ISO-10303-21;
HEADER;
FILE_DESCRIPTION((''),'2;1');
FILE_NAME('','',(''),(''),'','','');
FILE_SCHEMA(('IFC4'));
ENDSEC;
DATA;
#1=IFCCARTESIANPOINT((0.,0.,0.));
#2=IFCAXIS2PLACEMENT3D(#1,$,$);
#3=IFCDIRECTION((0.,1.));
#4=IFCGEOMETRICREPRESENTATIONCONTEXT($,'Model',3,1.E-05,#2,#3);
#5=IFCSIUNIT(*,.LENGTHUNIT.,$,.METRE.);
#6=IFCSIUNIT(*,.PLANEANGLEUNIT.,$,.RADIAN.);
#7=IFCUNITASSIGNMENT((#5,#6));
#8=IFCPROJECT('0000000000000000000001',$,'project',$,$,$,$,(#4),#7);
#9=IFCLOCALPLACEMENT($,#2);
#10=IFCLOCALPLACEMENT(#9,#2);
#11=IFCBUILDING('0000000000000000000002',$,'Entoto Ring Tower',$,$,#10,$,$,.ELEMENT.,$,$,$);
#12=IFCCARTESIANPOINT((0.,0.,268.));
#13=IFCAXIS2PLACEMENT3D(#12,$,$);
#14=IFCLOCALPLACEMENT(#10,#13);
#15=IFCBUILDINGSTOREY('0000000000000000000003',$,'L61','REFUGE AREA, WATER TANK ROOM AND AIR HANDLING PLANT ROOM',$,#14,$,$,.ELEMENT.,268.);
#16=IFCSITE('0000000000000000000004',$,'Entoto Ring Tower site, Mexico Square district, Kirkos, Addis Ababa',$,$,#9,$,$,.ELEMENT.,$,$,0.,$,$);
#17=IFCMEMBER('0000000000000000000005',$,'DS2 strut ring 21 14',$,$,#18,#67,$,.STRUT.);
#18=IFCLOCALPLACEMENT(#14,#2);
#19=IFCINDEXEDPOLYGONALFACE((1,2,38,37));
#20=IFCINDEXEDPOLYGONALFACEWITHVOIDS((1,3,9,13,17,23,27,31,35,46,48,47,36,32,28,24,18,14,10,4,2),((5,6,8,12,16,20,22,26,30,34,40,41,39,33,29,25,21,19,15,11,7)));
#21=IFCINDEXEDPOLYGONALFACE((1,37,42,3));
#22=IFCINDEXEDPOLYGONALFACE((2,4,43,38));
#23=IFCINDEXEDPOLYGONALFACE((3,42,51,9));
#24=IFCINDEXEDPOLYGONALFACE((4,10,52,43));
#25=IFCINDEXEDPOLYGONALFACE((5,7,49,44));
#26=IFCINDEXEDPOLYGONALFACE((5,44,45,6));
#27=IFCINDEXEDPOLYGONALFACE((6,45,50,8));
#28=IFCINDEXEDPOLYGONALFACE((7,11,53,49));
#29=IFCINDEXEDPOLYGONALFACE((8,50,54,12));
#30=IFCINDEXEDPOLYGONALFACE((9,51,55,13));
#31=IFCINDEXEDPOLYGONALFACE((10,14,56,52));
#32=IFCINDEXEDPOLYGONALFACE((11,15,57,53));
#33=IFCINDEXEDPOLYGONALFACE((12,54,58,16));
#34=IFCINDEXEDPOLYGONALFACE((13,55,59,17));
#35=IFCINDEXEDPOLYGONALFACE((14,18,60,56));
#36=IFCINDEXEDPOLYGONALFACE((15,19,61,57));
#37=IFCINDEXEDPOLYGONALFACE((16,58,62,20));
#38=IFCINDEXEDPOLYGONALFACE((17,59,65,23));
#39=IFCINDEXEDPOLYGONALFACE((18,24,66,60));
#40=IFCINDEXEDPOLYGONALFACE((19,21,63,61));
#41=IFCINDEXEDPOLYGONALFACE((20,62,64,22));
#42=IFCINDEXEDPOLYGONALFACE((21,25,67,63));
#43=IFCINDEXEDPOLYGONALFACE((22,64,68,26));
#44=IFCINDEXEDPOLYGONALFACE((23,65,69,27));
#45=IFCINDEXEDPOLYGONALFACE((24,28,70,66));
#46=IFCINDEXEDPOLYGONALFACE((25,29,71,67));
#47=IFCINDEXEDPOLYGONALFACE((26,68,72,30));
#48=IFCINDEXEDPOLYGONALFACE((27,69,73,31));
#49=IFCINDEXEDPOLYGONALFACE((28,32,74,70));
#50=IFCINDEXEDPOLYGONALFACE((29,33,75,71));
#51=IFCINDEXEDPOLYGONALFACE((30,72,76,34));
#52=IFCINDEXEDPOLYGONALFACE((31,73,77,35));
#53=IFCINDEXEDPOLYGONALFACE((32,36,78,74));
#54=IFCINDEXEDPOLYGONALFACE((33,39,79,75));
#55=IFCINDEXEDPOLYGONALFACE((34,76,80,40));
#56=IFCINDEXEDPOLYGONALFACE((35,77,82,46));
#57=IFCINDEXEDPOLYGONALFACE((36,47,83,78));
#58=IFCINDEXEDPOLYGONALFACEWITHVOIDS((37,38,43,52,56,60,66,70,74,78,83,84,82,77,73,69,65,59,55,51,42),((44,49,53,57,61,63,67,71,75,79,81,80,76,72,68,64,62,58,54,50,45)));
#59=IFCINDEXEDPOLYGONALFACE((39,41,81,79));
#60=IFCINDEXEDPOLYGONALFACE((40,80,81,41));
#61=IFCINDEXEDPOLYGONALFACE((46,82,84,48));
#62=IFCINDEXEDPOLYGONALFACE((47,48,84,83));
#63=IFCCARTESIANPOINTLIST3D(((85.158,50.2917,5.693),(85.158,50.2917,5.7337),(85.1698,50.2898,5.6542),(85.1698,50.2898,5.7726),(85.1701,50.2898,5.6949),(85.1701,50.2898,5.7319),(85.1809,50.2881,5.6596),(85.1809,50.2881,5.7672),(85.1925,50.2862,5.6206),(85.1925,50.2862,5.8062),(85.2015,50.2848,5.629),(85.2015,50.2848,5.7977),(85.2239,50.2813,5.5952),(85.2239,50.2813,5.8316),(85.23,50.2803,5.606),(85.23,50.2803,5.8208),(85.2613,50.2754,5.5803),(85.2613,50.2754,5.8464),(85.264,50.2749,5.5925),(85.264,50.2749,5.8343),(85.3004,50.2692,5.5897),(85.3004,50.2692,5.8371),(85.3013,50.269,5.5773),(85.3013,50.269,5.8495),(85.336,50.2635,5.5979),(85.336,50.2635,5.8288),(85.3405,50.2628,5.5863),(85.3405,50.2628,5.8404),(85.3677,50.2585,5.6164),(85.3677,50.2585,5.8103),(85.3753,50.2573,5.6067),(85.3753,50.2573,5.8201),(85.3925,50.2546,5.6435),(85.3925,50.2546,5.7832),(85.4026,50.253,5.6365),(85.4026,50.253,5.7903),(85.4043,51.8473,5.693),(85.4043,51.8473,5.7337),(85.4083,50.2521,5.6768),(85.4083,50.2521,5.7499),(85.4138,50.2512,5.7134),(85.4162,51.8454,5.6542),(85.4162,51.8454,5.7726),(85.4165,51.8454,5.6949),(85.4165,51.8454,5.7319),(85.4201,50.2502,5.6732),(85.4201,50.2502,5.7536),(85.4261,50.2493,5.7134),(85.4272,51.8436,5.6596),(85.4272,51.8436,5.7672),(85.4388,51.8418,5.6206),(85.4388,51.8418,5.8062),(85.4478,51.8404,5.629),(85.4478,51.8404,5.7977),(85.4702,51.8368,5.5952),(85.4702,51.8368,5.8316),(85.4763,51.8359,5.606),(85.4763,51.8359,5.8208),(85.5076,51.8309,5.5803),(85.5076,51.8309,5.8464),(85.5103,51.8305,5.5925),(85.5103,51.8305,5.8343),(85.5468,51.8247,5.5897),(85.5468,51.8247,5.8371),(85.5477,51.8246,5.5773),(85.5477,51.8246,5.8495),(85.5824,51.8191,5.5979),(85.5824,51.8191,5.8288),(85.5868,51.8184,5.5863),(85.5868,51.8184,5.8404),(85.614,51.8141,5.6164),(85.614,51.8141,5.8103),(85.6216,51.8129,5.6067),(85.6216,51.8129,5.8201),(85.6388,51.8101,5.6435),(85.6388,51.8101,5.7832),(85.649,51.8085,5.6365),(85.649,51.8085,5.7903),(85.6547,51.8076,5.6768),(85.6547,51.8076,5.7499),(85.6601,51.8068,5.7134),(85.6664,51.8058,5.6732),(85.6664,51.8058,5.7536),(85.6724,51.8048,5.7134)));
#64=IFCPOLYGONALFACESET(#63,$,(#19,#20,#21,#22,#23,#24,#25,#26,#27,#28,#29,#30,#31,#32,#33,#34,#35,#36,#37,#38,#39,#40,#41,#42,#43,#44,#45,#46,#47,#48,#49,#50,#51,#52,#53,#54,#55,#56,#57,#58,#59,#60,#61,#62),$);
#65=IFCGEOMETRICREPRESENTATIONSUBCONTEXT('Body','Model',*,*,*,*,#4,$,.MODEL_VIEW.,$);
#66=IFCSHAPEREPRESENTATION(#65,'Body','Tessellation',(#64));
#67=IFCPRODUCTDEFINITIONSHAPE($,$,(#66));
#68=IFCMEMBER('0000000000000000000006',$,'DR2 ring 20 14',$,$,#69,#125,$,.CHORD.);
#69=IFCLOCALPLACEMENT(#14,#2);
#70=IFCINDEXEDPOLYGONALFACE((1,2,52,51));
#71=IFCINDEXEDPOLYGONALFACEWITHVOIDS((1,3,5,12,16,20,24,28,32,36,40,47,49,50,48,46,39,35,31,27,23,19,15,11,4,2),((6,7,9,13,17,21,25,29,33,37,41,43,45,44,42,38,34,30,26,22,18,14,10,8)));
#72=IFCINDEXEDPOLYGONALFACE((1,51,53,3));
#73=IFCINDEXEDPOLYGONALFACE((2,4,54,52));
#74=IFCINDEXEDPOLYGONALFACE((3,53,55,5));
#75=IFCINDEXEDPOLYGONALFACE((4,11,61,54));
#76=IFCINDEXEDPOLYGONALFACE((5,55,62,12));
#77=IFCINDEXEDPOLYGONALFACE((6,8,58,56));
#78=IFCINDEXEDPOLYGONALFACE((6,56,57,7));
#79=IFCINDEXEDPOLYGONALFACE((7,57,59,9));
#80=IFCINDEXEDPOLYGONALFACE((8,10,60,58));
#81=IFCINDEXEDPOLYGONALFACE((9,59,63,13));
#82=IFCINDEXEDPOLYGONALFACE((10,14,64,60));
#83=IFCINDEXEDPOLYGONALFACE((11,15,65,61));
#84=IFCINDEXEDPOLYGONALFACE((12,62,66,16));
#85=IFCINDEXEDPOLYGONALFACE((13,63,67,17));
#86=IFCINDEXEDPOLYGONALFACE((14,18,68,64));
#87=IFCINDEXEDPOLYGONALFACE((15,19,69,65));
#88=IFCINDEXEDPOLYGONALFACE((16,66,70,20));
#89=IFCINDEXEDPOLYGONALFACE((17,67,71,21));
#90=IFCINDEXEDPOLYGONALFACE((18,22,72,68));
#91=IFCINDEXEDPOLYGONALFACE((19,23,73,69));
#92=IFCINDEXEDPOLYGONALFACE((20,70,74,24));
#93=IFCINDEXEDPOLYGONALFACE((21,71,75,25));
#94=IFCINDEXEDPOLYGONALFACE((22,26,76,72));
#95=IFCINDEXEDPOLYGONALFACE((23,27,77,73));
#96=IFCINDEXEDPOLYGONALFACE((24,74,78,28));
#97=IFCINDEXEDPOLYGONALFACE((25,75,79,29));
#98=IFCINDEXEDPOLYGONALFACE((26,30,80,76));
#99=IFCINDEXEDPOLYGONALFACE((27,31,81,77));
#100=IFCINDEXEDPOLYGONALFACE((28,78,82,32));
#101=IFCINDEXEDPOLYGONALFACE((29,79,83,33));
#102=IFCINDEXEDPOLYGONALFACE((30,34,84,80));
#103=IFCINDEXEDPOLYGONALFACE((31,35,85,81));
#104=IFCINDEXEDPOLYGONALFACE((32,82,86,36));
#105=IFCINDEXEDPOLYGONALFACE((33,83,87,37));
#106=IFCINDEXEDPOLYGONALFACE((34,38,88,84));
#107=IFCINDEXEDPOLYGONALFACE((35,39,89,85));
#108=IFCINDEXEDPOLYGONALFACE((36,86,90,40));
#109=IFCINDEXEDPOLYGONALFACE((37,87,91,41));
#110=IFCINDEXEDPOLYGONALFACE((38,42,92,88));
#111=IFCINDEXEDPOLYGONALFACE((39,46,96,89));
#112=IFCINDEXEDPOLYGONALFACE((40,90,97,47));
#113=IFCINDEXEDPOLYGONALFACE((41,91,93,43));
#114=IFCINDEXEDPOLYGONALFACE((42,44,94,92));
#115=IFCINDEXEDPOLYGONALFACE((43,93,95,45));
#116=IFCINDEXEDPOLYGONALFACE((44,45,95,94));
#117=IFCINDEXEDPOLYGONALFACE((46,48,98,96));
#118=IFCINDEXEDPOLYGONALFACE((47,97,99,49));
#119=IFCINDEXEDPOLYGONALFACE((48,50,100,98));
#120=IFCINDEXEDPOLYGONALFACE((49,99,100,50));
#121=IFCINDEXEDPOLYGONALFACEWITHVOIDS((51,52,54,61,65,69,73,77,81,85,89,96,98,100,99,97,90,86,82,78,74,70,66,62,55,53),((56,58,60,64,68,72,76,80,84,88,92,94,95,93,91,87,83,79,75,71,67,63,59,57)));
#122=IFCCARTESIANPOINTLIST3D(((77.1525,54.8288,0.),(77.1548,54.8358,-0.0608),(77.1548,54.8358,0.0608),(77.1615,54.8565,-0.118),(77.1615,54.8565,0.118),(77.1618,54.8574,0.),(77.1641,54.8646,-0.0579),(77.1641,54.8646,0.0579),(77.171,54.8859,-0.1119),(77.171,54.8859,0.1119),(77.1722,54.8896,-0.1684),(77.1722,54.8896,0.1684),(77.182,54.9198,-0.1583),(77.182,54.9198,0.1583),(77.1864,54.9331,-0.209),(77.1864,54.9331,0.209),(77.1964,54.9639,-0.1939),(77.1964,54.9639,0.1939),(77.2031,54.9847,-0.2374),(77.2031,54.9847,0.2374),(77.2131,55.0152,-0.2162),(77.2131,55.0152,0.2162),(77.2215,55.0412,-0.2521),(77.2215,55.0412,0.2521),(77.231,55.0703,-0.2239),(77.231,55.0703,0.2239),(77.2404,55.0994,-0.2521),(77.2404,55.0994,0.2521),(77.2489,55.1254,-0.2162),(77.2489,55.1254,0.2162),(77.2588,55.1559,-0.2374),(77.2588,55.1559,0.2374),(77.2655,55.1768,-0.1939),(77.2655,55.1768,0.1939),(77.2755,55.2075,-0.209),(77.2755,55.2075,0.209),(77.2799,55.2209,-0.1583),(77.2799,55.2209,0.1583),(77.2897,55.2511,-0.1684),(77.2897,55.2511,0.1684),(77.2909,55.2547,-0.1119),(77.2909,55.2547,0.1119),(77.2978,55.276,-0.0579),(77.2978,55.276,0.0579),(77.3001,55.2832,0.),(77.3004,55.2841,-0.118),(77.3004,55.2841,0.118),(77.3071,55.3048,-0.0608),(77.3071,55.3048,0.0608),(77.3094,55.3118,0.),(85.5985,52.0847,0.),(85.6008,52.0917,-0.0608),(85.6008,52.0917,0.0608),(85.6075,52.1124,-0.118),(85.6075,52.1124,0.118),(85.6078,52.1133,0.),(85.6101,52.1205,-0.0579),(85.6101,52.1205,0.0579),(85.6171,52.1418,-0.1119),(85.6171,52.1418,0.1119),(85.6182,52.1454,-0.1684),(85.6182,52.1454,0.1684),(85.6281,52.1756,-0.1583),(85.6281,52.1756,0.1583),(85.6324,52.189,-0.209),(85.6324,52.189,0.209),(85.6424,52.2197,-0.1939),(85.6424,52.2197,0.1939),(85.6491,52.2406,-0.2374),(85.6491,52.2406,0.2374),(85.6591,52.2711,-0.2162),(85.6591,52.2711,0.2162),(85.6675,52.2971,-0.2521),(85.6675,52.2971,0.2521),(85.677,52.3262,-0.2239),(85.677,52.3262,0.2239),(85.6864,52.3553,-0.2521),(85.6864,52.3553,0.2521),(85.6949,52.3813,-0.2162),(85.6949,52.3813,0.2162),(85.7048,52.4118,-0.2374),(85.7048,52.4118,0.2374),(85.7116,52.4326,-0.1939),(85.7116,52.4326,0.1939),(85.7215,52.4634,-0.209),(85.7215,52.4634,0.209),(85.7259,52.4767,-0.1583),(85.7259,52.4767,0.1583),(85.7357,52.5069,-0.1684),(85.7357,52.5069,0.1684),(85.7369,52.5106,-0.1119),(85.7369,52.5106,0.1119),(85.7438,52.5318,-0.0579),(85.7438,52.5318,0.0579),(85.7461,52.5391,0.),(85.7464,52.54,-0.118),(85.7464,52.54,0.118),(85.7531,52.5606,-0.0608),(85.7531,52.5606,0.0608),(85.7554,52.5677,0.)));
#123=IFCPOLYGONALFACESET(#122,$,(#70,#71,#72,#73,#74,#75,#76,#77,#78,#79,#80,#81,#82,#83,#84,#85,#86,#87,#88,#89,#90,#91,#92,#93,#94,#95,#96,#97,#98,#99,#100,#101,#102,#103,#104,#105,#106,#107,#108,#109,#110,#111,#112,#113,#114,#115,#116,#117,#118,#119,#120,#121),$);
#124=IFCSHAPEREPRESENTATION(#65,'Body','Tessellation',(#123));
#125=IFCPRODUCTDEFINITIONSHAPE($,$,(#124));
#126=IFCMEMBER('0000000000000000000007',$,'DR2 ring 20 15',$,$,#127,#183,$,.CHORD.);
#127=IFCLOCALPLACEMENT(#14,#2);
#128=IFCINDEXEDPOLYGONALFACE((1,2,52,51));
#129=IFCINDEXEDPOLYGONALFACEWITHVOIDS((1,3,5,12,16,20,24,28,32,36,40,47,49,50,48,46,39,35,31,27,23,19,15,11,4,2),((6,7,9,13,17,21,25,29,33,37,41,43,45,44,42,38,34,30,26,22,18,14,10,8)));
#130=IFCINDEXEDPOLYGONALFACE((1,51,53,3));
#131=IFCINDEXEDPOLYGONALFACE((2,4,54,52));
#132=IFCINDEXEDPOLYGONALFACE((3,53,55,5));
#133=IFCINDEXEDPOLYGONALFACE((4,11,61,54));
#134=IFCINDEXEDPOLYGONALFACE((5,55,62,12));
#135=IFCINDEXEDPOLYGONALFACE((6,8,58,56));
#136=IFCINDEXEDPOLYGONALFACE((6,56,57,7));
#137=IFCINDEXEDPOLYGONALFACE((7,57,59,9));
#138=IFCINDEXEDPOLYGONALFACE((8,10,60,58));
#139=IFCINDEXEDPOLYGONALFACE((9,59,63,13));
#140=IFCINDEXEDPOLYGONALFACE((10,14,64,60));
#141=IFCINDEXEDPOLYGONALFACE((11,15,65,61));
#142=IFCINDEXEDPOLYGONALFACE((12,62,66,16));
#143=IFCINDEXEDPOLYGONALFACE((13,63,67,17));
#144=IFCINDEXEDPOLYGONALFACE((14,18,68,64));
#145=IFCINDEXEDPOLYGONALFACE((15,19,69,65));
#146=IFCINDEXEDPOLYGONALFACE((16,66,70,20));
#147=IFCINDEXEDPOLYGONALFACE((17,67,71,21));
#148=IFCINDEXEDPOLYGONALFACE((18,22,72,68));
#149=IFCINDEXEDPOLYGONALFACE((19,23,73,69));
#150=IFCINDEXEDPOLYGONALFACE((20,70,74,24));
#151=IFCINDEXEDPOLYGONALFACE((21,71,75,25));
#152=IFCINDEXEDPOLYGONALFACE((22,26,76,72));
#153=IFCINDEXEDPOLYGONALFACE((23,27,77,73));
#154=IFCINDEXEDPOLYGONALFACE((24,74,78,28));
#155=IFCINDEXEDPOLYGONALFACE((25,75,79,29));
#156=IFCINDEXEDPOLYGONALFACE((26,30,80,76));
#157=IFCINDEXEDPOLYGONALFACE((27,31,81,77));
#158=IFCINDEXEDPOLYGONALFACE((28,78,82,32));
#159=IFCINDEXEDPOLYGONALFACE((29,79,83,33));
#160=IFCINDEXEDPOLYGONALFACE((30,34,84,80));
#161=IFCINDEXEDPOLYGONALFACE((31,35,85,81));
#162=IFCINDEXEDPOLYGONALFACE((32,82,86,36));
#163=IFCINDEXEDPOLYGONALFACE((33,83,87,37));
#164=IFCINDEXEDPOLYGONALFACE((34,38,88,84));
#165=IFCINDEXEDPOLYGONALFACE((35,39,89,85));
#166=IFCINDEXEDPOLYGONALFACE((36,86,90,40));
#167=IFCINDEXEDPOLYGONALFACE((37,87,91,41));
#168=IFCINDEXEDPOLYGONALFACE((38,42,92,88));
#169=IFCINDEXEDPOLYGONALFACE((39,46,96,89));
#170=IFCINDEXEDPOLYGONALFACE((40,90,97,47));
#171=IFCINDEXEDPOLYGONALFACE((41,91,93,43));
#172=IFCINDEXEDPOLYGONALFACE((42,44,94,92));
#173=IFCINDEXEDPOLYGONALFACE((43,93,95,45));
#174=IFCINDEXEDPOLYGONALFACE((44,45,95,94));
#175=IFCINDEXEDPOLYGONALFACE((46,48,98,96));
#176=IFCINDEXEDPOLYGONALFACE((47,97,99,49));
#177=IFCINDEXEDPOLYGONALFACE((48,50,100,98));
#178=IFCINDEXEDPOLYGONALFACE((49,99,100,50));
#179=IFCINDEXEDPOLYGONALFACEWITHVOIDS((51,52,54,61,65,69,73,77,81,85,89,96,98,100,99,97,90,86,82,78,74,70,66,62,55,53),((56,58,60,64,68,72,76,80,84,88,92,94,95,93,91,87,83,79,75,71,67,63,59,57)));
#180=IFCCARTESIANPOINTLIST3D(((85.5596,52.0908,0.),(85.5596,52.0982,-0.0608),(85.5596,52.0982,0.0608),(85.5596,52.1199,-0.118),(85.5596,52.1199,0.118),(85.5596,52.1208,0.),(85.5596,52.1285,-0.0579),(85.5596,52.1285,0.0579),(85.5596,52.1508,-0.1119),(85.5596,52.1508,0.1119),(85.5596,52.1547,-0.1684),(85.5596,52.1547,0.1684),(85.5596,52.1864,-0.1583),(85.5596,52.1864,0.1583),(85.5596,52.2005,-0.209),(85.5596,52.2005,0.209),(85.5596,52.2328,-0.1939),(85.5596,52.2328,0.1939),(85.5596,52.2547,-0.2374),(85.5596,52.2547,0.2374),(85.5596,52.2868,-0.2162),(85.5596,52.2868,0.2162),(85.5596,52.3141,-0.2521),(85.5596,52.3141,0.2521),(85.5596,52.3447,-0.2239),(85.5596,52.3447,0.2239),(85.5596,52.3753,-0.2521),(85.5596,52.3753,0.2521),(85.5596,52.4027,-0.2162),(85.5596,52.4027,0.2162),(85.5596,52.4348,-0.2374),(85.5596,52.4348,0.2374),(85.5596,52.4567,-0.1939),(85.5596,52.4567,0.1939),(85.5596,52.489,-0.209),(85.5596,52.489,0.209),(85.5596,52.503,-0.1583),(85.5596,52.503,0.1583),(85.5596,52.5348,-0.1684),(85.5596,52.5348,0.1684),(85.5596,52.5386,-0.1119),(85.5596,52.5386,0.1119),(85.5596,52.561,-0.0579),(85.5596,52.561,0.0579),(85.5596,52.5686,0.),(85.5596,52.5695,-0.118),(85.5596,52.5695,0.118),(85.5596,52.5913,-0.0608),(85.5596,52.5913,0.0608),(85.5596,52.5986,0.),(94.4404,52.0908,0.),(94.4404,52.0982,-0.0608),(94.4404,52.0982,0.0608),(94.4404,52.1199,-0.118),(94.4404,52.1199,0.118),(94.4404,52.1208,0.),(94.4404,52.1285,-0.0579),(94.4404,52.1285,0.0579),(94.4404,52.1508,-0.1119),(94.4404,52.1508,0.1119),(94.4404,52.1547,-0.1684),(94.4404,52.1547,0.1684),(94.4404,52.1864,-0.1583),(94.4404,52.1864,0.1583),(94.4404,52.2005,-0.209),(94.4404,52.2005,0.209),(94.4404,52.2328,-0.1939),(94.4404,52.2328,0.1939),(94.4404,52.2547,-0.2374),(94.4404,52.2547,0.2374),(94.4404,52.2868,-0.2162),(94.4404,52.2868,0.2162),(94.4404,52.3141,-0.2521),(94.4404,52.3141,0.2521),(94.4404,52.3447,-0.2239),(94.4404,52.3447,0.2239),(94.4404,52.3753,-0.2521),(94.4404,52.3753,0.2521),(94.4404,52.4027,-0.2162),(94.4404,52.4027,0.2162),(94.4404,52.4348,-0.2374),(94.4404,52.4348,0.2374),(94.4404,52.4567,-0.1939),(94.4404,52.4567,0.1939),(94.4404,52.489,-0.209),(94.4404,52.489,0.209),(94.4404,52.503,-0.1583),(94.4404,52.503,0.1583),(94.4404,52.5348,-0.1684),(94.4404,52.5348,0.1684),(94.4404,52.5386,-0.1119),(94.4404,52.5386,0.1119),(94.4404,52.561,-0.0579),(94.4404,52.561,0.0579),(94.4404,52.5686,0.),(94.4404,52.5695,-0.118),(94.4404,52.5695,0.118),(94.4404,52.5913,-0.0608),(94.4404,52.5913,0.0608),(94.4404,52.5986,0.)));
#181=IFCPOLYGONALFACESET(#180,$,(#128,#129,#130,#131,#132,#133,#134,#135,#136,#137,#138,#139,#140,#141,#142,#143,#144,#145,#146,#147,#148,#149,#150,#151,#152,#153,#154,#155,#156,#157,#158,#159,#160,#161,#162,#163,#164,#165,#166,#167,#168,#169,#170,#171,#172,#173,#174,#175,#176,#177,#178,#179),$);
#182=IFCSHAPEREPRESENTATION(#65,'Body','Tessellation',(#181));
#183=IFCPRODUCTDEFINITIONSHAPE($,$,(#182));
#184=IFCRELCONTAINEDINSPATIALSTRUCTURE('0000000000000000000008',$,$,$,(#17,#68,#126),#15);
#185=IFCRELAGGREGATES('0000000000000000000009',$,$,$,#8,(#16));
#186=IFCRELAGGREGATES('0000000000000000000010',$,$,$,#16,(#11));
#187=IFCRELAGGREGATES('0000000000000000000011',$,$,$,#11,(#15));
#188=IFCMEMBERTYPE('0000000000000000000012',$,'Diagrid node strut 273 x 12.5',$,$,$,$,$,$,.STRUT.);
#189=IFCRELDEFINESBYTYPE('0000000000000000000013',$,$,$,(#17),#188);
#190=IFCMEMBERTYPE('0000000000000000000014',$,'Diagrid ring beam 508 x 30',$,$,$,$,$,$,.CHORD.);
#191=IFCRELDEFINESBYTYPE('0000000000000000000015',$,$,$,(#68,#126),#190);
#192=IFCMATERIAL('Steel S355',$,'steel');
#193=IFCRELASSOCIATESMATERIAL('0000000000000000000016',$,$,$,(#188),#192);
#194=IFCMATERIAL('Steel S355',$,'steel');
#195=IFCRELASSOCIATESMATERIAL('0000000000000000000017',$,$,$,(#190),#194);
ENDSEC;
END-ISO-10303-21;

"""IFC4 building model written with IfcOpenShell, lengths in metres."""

from ifc_helpers import new_model, si_unit, direction, frame, origin, origin_2d, place, context, subcontext, project, spatial, circle, hollow_circle, extrude, material, material_profile, profile_set, type_object, element, save


model = new_model("IFC4")

# Units and contexts
model_context = context("Model", 3, precision=1e-05, world=origin(), true_north=direction((0.0, 1.0)))
body_context = subcontext(model_context, "Body", "Model", "MODEL_VIEW")
ifc_project = project(units=[si_unit("LENGTHUNIT", "METRE"), si_unit("PLANEANGLEUNIT", "RADIAN")], contexts=[model_context])

# Site, building, storey
site_placement = place(None, origin())
site = spatial("IfcSite", under=ifc_project, at=site_placement, Name="Entoto Ring Tower site, Mexico Square district, Kirkos, Addis Ababa", CompositionType="ELEMENT", RefElevation=0.0)
building_placement = place(site_placement, origin())
building = spatial("IfcBuilding", under=site, at=building_placement, Name="Entoto Ring Tower", CompositionType="ELEMENT")
storey_placement = place(building_placement, frame((0.0, 0.0, 268.0)))
storey = spatial("IfcBuildingStorey", under=building, at=storey_placement, Name="L61", Description="REFUGE AREA, WATER TANK ROOM AND AIR HANDLING PLANT ROOM", CompositionType="ELEMENT", Elevation=268.0)

# Members
ifc_material_1 = material(Name="Steel S355", Category="steel")
ifc_material_profile_1 = material_profile(ifc_material_1, hollow_circle(Radius=0.1365, WallThickness=0.0125, at=origin_2d()), Name="CHS 273 x 12.5")
ifc_material_2 = material(Name="Concrete C60/75", Category="concrete")
ifc_material_profile_2 = material_profile(ifc_material_2, circle(Radius=0.124, at=origin_2d()), Name="Concrete C60/75 infill")
ifc_profile_set_1 = profile_set([ifc_material_profile_1, ifc_material_profile_2], Name="Steel S355")
member_type_1 = type_object("IfcMemberType", Name="Diagrid node strut 273 x 12.5", PredefinedType="STRUT", material=ifc_profile_set_1)
member_1_placement = place(storey_placement, frame((85.5376, 51.8262, 5.7134), z_axis=(-0.1564, -0.987694, 0.0), x_axis=(0.987694, -0.1564, 0.0)))
element("IfcMember", 1, at=member_1_placement, inside=storey, type_object=member_type_1, Name="DS2 strut ring 21 14", PredefinedType="STRUT", context=body_context, shape_type="SweptSolid", body=[
    extrude(hollow_circle(Radius=0.1365, WallThickness=0.0125, at=origin_2d()), origin(), (0.0, 0.0, 1.0), 1.575),
])
ifc_material_3 = material(Name="Steel S355", Category="steel")
ifc_material_profile_3 = material_profile(ifc_material_3, hollow_circle(Radius=0.2539, WallThickness=0.03, at=origin_2d()), Name="CHS 508 x 30")
ifc_material_4 = material(Name="Concrete C60/75", Category="concrete")
ifc_material_profile_4 = material_profile(ifc_material_4, circle(Radius=0.2241, at=origin_2d()), Name="Concrete C60/75 infill")
ifc_profile_set_2 = profile_set([ifc_material_profile_3, ifc_material_profile_4], Name="Steel S355")
member_type_2 = type_object("IfcMemberType", Name="Diagrid ring beam 508 x 30", PredefinedType="CHORD", material=ifc_profile_set_2)
member_2_placement = place(storey_placement, frame((77.231, 55.0703, 0.0), z_axis=(0.951061, -0.309002, 0.0), x_axis=(0.309002, 0.951061, 0.0)))
element("IfcMember", 2, at=member_2_placement, inside=storey, type_object=member_type_2, Name="DR2 ring 20 14", PredefinedType="CHORD", context=body_context, shape_type="SweptSolid", body=[
    extrude(hollow_circle(Radius=0.2539, WallThickness=0.03, at=origin_2d()), origin(), (0.0, 0.0, 1.0), 8.8806),
])
member_3_placement = place(storey_placement, frame((85.5596, 52.3447, 0.0), z_axis=(1.0, 0.0, 0.0), x_axis=(0.0, 1.0, 0.0)))
element("IfcMember", 3, at=member_3_placement, inside=storey, type_object=member_type_2, Name="DR2 ring 20 15", PredefinedType="CHORD", context=body_context, shape_type="SweptSolid", body=[
    extrude(hollow_circle(Radius=0.2539, WallThickness=0.03, at=origin_2d()), origin(), (0.0, 0.0, 1.0), 8.8809),
])

save(model, "model.ifc")
